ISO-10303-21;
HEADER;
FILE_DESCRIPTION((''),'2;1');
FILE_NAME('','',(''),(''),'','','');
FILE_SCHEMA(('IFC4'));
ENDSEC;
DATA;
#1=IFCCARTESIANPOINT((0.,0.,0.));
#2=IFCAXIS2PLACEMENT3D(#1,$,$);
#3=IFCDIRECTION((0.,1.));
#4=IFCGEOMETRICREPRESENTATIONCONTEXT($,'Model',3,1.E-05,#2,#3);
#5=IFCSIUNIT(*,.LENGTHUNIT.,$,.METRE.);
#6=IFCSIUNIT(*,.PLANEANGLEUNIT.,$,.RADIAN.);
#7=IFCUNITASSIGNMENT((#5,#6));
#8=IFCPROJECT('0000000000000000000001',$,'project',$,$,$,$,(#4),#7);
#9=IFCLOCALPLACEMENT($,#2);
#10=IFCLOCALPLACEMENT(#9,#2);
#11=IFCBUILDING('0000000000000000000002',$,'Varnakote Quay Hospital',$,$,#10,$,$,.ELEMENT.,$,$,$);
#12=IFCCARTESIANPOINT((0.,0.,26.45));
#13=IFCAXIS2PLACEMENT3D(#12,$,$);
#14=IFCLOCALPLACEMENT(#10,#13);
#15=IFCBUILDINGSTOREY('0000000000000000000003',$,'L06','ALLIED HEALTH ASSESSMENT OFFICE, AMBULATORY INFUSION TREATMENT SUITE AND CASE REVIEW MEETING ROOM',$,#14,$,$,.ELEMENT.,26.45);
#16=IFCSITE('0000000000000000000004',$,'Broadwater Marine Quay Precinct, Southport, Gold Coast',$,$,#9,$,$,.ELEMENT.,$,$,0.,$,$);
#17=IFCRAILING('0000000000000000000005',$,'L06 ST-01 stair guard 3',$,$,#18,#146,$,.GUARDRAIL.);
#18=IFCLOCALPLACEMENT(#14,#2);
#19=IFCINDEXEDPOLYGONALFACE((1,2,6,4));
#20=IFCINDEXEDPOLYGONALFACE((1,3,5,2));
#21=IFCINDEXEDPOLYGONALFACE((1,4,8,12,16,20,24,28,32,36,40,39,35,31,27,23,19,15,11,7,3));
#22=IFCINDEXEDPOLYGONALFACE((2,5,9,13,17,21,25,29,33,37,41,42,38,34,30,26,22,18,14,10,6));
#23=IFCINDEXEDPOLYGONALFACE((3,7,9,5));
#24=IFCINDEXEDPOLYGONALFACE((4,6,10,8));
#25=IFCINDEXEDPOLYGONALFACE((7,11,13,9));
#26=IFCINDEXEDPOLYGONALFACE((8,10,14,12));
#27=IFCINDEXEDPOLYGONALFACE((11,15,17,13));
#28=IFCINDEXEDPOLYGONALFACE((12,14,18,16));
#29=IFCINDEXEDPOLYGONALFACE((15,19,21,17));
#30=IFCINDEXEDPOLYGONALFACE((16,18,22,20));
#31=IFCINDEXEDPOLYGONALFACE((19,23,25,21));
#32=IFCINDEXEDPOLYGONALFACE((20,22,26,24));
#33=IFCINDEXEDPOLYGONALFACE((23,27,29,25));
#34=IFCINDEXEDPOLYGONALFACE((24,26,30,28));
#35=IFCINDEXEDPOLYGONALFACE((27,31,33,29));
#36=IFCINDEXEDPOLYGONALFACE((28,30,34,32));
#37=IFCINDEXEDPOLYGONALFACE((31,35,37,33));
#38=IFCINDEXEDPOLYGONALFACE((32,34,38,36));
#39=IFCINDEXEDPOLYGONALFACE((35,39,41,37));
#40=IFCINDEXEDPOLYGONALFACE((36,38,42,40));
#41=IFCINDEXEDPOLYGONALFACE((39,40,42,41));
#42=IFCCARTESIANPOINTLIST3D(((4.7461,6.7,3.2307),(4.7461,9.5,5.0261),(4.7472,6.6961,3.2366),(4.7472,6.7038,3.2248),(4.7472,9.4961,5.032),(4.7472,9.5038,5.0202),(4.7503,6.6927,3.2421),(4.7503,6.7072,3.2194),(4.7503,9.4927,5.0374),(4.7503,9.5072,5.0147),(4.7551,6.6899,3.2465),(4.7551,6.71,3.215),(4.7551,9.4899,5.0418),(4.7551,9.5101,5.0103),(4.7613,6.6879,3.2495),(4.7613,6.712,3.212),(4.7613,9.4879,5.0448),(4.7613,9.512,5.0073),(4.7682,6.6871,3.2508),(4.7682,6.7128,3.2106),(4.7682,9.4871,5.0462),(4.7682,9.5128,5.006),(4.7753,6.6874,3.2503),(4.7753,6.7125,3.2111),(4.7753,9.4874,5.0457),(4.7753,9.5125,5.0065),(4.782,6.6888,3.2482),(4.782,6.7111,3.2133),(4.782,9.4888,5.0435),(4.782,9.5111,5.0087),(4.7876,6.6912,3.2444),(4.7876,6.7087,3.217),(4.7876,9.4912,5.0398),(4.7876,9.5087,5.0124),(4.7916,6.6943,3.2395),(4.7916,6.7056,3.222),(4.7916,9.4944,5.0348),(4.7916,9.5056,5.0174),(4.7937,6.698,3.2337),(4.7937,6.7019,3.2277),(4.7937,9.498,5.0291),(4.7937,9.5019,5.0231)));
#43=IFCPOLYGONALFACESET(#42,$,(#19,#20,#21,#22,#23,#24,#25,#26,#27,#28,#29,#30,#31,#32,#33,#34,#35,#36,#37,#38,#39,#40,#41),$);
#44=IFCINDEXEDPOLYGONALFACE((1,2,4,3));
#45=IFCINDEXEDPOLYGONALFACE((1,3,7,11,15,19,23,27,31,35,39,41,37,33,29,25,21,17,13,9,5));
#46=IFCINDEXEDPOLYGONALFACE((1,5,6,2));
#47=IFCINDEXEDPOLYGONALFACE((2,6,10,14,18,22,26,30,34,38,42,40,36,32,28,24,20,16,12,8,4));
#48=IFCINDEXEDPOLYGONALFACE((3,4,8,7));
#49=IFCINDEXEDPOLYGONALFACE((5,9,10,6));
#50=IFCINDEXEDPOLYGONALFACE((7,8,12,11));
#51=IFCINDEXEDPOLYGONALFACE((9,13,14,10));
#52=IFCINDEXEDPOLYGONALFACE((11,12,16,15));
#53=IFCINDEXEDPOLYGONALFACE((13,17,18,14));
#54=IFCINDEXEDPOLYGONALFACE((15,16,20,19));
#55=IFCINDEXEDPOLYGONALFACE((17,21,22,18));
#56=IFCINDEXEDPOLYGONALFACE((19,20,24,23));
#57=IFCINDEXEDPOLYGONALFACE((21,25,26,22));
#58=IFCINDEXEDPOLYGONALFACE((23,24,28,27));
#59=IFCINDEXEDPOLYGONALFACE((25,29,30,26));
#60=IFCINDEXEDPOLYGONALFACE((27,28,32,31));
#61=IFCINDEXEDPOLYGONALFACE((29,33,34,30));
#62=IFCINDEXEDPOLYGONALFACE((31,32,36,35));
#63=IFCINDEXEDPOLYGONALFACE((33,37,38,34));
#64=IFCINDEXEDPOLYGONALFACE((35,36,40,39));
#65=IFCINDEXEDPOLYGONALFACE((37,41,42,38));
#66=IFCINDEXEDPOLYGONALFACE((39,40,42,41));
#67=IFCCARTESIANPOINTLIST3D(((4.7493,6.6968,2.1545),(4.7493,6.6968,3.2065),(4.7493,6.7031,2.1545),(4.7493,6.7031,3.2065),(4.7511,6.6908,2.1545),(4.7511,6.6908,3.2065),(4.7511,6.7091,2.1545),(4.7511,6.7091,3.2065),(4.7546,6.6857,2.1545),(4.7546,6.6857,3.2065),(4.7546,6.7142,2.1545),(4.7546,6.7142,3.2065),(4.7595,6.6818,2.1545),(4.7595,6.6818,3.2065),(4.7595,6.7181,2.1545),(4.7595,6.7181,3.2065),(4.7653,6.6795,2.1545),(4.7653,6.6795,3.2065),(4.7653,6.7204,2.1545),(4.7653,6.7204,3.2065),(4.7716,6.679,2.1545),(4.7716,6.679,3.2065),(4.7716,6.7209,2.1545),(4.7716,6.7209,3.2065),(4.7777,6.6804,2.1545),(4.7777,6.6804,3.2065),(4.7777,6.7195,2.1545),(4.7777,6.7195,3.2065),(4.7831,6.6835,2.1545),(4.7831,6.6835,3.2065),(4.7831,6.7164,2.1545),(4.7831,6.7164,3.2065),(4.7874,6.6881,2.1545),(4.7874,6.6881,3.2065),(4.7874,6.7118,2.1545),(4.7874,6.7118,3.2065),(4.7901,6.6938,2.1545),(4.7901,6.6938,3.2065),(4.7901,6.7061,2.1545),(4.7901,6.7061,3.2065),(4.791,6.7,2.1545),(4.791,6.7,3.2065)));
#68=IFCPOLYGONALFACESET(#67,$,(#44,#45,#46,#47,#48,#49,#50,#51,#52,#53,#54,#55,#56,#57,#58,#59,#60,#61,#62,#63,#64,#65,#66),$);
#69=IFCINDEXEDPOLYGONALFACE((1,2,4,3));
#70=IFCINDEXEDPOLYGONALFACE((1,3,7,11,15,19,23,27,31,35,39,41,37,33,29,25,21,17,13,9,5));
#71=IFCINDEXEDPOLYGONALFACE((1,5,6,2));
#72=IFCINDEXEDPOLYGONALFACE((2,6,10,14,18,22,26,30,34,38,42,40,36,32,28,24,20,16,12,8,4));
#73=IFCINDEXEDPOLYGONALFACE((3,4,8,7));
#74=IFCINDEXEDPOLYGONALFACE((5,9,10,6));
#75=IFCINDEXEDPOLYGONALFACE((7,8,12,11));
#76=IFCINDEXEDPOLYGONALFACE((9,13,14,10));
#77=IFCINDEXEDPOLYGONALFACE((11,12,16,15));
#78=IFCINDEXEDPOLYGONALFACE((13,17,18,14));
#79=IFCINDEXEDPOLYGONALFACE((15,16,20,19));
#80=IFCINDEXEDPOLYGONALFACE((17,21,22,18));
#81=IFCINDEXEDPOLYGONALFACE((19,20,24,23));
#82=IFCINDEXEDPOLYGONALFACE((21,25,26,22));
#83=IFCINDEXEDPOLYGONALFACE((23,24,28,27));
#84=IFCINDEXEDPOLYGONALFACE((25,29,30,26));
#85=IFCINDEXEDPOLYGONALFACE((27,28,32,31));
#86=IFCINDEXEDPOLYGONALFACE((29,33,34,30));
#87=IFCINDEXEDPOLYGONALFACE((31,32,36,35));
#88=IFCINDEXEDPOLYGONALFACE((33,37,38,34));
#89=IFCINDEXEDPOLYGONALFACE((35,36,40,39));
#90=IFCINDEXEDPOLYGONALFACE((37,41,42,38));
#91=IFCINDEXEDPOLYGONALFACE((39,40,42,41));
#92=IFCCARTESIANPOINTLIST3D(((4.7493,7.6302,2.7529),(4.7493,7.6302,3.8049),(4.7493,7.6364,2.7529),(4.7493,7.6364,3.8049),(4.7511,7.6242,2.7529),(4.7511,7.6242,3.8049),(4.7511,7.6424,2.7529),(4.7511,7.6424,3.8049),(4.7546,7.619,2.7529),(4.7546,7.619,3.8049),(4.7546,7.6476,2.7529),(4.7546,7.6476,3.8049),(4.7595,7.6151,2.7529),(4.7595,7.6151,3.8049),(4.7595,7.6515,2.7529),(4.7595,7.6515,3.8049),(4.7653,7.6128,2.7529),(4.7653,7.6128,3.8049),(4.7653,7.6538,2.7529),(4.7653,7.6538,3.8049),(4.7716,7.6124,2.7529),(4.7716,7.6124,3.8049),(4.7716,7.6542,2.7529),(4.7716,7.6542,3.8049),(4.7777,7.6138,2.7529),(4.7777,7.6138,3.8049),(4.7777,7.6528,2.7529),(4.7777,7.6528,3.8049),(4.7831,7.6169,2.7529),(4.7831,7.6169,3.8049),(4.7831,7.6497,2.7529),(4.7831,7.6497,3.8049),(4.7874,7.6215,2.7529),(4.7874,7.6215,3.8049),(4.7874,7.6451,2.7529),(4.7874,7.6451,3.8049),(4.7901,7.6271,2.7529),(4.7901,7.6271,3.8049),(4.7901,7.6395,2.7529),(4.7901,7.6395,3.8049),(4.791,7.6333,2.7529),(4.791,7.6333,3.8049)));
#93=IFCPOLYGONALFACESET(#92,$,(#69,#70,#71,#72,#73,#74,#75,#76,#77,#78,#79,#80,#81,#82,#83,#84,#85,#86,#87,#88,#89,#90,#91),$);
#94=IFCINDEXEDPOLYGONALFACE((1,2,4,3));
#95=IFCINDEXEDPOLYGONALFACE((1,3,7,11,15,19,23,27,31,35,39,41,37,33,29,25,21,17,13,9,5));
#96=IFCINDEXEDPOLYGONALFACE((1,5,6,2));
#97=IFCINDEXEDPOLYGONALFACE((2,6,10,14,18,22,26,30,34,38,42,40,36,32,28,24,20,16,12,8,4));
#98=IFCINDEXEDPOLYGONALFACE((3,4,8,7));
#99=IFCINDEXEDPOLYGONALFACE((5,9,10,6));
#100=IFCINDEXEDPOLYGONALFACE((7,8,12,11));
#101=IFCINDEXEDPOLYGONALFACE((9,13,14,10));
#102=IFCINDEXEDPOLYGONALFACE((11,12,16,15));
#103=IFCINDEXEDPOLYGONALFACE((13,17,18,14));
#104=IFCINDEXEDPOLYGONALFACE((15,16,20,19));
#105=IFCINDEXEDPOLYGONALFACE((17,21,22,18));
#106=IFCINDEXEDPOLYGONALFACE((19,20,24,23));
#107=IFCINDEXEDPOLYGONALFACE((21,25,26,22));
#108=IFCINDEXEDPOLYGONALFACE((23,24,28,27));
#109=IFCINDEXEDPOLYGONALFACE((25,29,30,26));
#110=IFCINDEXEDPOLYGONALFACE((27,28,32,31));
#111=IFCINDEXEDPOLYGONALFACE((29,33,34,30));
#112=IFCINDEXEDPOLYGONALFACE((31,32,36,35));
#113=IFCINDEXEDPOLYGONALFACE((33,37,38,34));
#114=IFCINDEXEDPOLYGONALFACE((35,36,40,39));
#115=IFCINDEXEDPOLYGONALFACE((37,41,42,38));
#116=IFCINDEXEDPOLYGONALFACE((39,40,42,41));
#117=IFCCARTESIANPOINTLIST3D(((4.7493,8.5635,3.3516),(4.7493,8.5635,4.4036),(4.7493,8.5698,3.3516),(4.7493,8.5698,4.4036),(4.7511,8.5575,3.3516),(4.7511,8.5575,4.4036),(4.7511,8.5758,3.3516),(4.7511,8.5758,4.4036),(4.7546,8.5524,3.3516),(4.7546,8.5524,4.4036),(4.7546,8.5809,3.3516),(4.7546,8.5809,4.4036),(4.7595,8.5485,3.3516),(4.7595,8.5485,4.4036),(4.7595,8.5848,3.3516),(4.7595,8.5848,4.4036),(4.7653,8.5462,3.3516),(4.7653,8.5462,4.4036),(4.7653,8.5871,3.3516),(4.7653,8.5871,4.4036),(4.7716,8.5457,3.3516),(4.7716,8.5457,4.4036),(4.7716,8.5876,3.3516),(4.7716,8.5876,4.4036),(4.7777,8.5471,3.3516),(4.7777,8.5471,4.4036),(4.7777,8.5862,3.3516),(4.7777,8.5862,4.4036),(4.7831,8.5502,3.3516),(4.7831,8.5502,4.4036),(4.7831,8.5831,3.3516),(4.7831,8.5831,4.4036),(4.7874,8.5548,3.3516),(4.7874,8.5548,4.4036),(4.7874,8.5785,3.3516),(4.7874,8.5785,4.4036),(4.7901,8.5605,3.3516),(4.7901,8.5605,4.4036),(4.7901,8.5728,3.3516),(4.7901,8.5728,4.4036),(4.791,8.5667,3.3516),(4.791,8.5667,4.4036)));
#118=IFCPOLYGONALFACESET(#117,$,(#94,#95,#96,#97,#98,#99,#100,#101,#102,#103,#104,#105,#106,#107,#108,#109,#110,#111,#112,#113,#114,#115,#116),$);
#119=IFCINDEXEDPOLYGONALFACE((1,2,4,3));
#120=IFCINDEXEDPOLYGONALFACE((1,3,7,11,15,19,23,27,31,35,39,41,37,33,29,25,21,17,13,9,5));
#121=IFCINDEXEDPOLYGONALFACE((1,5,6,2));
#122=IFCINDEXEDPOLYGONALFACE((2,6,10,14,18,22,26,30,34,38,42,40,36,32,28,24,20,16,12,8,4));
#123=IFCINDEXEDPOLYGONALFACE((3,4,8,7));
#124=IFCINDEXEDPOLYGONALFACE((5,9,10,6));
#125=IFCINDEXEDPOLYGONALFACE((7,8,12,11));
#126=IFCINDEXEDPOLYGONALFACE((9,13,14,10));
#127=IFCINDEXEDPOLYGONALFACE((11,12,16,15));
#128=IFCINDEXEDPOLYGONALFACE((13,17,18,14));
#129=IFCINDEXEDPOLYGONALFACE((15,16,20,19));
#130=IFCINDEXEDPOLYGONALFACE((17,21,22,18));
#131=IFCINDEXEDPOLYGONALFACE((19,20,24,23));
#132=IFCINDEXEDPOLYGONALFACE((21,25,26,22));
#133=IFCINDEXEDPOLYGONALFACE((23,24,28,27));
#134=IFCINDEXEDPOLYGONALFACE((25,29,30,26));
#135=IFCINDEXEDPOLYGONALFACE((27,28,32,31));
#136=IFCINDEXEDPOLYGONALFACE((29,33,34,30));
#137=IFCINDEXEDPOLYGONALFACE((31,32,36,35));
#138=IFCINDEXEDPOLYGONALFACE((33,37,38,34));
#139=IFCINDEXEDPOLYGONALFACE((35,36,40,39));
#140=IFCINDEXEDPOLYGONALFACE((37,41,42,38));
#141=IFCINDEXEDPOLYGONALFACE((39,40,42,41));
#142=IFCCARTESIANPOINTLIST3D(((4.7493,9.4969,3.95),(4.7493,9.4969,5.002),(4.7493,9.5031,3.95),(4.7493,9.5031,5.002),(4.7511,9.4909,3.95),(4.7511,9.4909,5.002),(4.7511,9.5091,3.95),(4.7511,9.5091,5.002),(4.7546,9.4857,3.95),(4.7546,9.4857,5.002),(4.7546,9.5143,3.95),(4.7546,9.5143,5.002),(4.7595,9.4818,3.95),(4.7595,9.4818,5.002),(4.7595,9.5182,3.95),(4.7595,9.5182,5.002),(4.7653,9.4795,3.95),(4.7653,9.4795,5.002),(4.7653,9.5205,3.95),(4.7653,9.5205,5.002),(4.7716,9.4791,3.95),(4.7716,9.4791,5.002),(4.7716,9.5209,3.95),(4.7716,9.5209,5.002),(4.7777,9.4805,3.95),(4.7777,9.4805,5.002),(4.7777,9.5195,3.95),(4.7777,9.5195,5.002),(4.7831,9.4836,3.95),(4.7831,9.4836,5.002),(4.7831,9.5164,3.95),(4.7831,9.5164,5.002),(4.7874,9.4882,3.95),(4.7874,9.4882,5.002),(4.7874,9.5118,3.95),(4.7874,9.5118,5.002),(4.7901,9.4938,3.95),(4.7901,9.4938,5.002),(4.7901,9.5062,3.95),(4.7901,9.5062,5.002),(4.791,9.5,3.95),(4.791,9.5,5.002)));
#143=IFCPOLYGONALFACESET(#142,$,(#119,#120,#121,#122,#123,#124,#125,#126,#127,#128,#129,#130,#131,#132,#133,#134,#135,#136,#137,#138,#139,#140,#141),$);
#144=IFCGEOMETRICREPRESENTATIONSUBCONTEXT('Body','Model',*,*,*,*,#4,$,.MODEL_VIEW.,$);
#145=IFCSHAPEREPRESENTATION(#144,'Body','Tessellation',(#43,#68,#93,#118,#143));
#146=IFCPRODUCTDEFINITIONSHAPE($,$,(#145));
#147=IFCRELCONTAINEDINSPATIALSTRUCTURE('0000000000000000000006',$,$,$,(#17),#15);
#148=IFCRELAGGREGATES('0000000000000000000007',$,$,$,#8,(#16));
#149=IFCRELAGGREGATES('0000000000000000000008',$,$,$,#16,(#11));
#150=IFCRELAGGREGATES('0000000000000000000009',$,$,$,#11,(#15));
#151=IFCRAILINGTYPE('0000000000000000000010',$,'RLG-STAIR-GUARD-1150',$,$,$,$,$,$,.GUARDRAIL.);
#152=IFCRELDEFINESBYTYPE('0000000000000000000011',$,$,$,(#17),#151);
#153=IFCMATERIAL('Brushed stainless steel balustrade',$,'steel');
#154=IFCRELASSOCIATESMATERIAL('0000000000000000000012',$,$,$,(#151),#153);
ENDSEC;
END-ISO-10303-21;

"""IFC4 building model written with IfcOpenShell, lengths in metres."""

from ifc_helpers import new_model, si_unit, direction, frame, origin, origin_2d, place, context, subcontext, project, spatial, circle, extrude, material, type_object, element, save


model = new_model("IFC4")

# Units and contexts
model_context = context("Model", 3, precision=1e-05, world=origin(), true_north=direction((0.0, 1.0)))
body_context = subcontext(model_context, "Body", "Model", "MODEL_VIEW")
ifc_project = project(units=[si_unit("LENGTHUNIT", "METRE"), si_unit("PLANEANGLEUNIT", "RADIAN")], contexts=[model_context])

# Site, building, storey
site_placement = place(None, origin())
site = spatial("IfcSite", under=ifc_project, at=site_placement, Name="Broadwater Marine Quay Precinct, Southport, Gold Coast", CompositionType="ELEMENT", RefElevation=0.0)
building_placement = place(site_placement, origin())
building = spatial("IfcBuilding", under=site, at=building_placement, Name="Varnakote Quay Hospital", CompositionType="ELEMENT")
storey_placement = place(building_placement, frame((0.0, 0.0, 26.45)))
storey = spatial("IfcBuildingStorey", under=building, at=storey_placement, Name="L06", Description="ALLIED HEALTH ASSESSMENT OFFICE, AMBULATORY INFUSION TREATMENT SUITE AND CASE REVIEW MEETING ROOM", CompositionType="ELEMENT", Elevation=26.45)

# Railing
ifc_material_1 = material(Name="Brushed stainless steel balustrade", Category="steel")
railing_type_1 = type_object("IfcRailingType", Name="RLG-STAIR-GUARD-1150", PredefinedType="GUARDRAIL", material=ifc_material_1)
railing_1_placement = place(storey_placement, frame((4.77, 6.7, 2.1545)))
element("IfcRailing", 1, at=railing_1_placement, inside=storey, type_object=railing_type_1, Name="L06 ST-01 stair guard 3", PredefinedType="GUARDRAIL", context=body_context, shape_type="SweptSolid", body=[
    extrude(circle(Radius=0.0239, at=origin_2d()), frame((0.0, 0.0, 1.0762), z_axis=(0.0, 0.84181, 0.539774), x_axis=(-1.0, 0.0, 0.0)), (0.0, 0.0, 1.0), 3.3262),
    extrude(circle(Radius=0.021, at=origin_2d()), origin(), (0.0, 0.0, 1.0), 1.052),
    extrude(circle(Radius=0.021, at=origin_2d()), frame((0.0, 0.9333, 0.5984)), (0.0, 0.0, 1.0), 1.052),
    extrude(circle(Radius=0.021, at=origin_2d()), frame((0.0, 1.8667, 1.197)), (0.0, 0.0, 1.0), 1.052),
    extrude(circle(Radius=0.021, at=origin_2d()), frame((0.0, 2.8, 1.7954)), (0.0, 0.0, 1.0), 1.052),
])

save(model, "model.ifc")
